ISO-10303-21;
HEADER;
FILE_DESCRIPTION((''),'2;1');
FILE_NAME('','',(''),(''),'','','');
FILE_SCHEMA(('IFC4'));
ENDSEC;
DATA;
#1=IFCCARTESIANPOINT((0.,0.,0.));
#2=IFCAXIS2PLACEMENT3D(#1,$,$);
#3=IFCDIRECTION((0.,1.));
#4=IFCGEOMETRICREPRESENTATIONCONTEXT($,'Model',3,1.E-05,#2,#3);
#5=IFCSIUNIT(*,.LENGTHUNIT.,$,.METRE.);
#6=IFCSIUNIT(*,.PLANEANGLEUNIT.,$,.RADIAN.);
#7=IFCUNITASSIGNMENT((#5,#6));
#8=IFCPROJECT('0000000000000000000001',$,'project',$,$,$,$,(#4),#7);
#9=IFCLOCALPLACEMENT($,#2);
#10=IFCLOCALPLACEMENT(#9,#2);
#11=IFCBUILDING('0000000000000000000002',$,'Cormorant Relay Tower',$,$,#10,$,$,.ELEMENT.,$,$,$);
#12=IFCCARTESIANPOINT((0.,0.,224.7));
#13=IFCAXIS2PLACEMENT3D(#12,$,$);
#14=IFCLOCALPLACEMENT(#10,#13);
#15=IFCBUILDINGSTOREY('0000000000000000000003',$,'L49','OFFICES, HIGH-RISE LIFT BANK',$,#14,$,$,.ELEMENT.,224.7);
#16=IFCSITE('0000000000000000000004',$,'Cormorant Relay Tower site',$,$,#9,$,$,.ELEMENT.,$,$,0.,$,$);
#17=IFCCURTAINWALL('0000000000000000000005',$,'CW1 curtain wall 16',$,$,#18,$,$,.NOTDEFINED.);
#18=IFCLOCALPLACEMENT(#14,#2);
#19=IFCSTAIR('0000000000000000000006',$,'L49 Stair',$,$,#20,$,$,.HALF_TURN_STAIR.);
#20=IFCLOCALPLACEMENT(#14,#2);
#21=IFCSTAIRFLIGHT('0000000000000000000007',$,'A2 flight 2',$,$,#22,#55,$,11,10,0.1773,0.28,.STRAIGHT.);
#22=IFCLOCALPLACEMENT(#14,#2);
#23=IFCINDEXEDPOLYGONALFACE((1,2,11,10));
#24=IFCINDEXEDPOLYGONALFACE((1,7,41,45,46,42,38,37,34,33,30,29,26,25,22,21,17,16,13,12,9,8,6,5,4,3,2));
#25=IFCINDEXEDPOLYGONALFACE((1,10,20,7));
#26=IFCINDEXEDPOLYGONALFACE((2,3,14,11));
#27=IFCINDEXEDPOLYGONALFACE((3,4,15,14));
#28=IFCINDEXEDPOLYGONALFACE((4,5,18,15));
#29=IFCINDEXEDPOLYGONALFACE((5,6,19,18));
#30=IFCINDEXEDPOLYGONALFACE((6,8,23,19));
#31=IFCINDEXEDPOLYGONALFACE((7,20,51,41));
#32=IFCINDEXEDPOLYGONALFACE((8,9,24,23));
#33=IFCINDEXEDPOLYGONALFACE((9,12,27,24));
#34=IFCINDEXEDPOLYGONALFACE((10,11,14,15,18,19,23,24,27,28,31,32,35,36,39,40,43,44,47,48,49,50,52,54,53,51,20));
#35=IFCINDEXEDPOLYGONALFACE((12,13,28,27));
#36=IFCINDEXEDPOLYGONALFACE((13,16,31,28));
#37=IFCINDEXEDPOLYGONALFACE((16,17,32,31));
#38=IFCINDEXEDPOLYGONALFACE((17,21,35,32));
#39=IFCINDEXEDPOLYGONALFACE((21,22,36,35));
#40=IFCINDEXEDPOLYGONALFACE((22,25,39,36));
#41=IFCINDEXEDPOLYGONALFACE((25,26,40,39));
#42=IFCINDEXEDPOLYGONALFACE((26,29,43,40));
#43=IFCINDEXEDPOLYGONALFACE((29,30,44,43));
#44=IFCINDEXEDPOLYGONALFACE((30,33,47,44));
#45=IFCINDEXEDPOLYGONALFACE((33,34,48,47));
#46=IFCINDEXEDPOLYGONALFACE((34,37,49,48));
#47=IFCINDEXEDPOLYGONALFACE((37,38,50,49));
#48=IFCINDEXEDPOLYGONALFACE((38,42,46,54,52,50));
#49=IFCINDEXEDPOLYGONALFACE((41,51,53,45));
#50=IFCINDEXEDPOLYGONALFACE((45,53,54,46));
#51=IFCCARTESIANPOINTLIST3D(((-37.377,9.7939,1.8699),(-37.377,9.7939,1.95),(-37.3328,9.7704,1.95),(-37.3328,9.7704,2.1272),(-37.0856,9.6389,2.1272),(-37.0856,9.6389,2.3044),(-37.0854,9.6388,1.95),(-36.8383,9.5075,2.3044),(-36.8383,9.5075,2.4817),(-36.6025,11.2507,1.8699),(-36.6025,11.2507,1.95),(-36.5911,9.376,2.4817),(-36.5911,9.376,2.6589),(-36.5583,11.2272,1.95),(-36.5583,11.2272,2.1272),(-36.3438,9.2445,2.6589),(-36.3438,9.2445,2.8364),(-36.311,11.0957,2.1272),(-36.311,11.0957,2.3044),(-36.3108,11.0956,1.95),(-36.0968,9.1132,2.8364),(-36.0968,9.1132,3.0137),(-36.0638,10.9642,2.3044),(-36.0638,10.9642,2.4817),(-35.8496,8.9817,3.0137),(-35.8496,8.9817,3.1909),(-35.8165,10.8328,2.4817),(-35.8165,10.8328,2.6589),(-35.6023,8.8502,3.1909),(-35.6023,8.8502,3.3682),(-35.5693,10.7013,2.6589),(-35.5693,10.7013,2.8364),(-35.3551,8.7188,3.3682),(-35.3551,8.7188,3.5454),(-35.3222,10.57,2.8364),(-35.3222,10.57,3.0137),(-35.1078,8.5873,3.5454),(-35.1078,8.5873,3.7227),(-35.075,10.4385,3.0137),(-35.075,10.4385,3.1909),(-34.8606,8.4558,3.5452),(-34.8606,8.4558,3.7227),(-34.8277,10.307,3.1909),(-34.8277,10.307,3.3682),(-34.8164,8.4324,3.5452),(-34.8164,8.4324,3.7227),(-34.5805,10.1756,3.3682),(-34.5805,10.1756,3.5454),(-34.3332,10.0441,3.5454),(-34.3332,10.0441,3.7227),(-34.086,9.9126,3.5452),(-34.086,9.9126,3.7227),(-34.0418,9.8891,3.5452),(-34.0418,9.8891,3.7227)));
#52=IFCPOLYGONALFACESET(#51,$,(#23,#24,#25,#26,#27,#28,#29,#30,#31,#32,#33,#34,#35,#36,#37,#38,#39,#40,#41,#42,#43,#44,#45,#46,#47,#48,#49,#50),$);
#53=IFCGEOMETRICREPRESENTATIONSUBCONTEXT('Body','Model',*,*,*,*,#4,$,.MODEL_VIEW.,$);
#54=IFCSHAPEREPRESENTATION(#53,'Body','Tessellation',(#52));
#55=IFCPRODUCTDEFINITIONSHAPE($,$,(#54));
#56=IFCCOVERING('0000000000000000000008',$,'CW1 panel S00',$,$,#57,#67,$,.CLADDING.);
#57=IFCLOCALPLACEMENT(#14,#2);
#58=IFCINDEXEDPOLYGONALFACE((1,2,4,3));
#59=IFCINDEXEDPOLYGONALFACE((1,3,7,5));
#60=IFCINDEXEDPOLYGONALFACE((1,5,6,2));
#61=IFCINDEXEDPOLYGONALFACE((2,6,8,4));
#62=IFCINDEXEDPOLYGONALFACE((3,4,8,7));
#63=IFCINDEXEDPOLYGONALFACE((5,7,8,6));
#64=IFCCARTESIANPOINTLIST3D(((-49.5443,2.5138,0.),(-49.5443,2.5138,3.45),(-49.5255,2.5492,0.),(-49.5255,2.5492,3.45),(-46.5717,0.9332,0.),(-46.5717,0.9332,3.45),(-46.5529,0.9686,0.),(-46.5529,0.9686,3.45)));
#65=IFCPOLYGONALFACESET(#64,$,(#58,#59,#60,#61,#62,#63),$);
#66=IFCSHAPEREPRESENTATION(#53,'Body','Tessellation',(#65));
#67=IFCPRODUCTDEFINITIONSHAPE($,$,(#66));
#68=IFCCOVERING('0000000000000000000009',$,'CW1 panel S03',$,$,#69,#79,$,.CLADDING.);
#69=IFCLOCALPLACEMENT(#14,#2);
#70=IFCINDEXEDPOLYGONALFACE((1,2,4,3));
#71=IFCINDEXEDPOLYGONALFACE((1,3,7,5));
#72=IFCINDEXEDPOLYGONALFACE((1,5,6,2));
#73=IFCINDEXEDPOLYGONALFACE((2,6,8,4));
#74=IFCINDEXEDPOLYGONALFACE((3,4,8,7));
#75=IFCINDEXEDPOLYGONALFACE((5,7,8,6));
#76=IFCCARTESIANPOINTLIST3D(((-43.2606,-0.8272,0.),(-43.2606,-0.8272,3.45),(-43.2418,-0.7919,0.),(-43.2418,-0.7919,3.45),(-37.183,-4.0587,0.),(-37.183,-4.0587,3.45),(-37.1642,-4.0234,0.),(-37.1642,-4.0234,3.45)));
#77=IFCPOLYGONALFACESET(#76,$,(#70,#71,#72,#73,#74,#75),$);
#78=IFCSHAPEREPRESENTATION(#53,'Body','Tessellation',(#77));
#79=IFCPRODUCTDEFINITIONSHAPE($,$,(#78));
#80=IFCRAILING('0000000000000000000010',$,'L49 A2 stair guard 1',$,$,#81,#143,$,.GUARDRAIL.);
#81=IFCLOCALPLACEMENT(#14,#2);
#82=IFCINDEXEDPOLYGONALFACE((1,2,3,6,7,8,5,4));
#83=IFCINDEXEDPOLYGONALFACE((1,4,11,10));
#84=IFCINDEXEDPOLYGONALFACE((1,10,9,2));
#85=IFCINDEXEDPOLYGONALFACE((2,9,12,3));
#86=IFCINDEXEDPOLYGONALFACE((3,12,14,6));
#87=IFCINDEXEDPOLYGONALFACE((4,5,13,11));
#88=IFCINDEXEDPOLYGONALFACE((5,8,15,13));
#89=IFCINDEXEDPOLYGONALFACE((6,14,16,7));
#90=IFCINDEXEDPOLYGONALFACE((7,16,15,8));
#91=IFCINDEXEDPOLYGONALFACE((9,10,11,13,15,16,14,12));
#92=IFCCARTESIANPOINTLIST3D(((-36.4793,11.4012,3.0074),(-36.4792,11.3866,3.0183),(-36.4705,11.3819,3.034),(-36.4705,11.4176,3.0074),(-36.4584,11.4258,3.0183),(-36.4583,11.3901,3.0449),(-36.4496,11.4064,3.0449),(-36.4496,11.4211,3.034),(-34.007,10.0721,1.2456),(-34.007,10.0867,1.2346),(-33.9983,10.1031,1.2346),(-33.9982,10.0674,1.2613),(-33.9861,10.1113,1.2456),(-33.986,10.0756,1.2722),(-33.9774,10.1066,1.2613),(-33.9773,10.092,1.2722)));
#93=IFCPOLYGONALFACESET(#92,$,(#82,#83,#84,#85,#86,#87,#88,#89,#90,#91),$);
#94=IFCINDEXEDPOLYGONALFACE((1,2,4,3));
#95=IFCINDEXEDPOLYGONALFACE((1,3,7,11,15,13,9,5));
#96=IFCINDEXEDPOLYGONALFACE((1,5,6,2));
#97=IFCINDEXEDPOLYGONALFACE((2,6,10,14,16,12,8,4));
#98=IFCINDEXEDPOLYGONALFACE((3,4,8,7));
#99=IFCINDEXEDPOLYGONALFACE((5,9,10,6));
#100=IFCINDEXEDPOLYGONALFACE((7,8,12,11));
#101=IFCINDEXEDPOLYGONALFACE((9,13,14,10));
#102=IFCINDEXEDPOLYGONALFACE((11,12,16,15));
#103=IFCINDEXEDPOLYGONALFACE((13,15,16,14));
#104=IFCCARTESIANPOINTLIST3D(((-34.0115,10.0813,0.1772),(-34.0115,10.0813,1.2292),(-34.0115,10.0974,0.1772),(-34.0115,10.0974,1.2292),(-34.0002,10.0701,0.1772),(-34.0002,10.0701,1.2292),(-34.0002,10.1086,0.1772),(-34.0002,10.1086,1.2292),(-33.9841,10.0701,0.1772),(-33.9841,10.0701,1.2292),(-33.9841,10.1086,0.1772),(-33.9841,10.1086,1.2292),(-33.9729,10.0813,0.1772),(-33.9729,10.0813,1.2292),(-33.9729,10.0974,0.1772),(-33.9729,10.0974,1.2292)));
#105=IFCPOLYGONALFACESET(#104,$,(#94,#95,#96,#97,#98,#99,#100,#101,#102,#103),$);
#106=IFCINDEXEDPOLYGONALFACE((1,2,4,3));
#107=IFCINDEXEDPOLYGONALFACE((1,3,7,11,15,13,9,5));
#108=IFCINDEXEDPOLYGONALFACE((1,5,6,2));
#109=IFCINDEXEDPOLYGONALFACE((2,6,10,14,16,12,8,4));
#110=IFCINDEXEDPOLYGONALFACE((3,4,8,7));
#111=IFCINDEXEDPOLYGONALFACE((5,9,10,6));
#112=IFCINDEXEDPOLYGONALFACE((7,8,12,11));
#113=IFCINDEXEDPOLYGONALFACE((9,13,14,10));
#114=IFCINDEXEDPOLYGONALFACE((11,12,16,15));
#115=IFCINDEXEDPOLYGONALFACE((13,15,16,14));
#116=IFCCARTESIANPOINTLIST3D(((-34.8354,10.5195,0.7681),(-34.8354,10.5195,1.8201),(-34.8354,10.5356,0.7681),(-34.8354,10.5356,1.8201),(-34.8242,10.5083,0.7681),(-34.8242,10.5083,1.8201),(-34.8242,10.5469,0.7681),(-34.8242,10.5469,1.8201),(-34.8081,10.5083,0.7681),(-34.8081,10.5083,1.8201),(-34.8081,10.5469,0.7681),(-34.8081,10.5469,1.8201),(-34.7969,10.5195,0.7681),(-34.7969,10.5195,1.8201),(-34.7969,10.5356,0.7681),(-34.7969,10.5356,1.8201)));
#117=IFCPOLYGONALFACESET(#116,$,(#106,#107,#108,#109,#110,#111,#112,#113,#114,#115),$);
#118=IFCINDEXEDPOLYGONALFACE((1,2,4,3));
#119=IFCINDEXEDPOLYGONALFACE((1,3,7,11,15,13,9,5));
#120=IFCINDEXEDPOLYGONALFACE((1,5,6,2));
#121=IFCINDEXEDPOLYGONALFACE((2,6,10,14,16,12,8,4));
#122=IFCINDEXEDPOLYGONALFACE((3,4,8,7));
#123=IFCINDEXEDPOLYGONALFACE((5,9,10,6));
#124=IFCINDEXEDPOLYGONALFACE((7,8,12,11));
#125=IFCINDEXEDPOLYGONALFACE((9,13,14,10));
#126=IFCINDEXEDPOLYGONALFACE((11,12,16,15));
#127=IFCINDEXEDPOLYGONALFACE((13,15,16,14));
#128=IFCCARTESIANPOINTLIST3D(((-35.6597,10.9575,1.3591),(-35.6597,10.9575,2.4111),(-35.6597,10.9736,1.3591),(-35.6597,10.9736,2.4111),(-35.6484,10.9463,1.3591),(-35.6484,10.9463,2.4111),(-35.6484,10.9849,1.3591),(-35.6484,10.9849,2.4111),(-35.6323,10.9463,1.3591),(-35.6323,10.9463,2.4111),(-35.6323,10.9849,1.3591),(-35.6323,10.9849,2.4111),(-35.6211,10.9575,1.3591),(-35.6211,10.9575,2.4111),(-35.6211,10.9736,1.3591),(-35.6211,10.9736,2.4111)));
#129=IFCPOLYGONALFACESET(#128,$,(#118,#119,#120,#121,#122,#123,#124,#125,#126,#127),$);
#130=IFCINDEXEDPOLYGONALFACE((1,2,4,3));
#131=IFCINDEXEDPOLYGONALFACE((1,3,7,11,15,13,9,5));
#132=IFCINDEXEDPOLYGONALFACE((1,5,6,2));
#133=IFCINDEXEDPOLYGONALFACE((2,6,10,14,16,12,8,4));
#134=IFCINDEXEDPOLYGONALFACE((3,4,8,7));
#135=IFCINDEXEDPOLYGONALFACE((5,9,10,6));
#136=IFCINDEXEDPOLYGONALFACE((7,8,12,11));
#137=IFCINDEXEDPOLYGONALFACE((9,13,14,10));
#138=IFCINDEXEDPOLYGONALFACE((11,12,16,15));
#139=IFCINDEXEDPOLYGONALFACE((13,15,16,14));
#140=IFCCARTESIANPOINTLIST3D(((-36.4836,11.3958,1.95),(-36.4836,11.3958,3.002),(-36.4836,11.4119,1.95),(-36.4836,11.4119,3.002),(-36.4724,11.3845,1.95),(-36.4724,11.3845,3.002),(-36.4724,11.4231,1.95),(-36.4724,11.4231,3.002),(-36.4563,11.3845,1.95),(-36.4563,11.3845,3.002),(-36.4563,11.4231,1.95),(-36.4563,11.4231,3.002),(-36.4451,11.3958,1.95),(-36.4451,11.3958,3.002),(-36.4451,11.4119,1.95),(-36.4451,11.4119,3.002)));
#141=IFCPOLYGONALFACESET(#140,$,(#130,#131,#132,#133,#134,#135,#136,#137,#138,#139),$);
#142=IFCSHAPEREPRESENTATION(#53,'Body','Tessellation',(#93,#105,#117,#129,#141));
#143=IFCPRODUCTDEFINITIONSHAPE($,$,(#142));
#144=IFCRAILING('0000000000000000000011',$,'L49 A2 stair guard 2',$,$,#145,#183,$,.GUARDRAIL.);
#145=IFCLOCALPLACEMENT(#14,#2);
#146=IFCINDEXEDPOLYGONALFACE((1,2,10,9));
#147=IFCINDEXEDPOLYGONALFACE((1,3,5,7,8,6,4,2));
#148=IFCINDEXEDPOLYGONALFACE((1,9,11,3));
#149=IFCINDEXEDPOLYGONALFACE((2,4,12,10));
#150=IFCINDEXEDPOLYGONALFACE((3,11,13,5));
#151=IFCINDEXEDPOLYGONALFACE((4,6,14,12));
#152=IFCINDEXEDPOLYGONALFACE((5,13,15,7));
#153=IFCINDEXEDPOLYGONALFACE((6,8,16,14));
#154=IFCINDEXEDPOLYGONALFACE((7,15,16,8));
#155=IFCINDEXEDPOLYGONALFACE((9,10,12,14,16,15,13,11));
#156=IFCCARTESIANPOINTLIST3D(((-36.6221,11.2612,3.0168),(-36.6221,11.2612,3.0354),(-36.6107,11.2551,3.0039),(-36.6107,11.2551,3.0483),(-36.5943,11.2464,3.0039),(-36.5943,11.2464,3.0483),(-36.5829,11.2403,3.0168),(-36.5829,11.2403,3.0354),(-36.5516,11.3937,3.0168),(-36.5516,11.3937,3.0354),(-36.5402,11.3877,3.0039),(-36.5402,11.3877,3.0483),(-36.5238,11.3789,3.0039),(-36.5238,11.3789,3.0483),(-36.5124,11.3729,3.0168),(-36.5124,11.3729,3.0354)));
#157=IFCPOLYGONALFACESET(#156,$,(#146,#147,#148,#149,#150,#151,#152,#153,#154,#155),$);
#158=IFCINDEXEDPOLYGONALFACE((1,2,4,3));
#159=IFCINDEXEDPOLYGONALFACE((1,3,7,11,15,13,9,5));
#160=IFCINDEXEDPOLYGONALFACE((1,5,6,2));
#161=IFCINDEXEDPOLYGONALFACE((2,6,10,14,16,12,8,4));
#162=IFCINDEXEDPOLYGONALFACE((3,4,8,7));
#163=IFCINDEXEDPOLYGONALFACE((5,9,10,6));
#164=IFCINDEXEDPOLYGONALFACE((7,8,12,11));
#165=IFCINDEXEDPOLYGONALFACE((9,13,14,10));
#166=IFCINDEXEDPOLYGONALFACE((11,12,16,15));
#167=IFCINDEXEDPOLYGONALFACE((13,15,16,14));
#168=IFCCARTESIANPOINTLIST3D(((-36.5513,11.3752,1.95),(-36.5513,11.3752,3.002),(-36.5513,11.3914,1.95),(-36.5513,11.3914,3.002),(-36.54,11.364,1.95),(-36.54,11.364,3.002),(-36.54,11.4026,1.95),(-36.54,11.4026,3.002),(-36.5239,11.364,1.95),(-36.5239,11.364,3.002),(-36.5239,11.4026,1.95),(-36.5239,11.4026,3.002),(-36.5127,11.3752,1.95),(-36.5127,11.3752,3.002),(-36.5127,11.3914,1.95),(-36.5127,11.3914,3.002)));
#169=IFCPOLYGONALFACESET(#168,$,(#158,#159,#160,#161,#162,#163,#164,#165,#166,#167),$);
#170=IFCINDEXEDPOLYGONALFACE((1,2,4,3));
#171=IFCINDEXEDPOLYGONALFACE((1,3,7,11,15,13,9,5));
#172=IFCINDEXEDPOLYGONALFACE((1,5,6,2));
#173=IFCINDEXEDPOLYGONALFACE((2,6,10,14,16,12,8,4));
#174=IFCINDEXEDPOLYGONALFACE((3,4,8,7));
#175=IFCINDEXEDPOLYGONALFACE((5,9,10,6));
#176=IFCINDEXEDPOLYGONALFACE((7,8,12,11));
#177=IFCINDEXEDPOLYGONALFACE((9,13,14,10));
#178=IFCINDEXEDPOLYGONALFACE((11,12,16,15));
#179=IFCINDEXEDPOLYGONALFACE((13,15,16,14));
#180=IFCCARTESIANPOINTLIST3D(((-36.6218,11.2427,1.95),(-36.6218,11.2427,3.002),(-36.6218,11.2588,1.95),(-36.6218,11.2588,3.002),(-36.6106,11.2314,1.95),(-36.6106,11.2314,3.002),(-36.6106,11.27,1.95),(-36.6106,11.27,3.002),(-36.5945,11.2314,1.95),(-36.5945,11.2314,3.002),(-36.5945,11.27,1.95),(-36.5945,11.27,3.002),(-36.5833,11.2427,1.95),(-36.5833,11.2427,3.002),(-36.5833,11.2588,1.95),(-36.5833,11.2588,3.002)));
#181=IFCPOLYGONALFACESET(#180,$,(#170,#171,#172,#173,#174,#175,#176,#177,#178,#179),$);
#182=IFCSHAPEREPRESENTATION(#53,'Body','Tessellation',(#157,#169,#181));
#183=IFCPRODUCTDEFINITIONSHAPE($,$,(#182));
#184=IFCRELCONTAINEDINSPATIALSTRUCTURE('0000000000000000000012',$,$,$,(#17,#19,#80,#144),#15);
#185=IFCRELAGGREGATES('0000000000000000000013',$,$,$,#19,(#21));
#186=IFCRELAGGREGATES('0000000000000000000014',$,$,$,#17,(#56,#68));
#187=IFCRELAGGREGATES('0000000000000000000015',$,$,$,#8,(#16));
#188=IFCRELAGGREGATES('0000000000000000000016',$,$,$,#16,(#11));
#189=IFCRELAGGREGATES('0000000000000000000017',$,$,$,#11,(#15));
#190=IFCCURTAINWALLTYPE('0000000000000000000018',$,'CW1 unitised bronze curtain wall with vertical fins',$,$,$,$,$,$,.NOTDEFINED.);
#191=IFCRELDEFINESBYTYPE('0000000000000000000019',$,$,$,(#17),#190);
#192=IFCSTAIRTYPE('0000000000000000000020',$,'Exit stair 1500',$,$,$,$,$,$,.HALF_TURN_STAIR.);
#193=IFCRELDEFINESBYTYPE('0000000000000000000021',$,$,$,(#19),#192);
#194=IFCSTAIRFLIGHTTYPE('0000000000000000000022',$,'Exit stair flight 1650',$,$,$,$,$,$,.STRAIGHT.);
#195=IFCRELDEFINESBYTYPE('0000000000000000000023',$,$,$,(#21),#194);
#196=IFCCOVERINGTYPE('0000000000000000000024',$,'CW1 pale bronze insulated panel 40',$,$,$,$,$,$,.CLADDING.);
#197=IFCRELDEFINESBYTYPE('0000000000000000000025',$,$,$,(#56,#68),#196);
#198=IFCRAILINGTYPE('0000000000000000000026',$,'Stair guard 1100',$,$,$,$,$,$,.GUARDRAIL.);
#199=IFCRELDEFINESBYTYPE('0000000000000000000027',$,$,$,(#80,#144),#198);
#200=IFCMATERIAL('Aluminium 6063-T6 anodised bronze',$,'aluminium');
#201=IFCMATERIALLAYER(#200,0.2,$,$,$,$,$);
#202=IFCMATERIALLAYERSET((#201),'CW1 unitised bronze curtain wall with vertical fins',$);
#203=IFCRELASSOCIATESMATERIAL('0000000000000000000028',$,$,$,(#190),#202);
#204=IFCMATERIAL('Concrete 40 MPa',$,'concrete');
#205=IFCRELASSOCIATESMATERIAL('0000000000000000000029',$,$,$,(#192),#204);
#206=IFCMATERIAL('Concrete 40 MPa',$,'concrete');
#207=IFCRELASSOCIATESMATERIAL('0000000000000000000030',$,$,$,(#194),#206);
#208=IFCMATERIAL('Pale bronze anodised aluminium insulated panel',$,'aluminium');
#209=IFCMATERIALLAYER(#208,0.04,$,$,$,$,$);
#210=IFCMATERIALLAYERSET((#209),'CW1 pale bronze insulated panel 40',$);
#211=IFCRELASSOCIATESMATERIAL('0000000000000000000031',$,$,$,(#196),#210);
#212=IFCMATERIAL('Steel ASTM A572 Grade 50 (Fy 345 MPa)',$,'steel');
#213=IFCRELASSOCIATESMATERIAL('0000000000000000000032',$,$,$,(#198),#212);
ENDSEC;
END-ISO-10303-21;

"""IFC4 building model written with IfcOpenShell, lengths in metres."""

from ifc_helpers import new_model, si_unit, direction, frame, origin, origin_2d, place, context, subcontext, project, spatial, polyline, rectangle, outline, extrude, material, layer, layer_set, type_object, element, aggregate, save


model = new_model("IFC4")

# Units and contexts
model_context = context("Model", 3, precision=1e-05, world=origin(), true_north=direction((0.0, 1.0)))
body_context = subcontext(model_context, "Body", "Model", "MODEL_VIEW")
ifc_project = project(units=[si_unit("LENGTHUNIT", "METRE"), si_unit("PLANEANGLEUNIT", "RADIAN")], contexts=[model_context])

# Site, building, storey
site_placement = place(None, origin())
site = spatial("IfcSite", under=ifc_project, at=site_placement, Name="Cormorant Relay Tower site", CompositionType="ELEMENT", RefElevation=0.0)
building_placement = place(site_placement, origin())
building = spatial("IfcBuilding", under=site, at=building_placement, Name="Cormorant Relay Tower", CompositionType="ELEMENT")
storey_placement = place(building_placement, frame((0.0, 0.0, 224.7)))
storey = spatial("IfcBuildingStorey", under=building, at=storey_placement, Name="L49", Description="OFFICES, HIGH-RISE LIFT BANK", CompositionType="ELEMENT", Elevation=224.7)

# Curtain wall
ifc_material_1 = material(Name="Aluminium 6063-T6 anodised bronze", Category="aluminium")
ifc_layer_1 = layer(ifc_material_1, 0.2)
ifc_layer_set_1 = layer_set([ifc_layer_1], Name="CW1 unitised bronze curtain wall with vertical fins")
curtain_wall_type = type_object("IfcCurtainWallType", Name="CW1 unitised bronze curtain wall with vertical fins", PredefinedType="NOTDEFINED", material=ifc_layer_set_1)
curtain_wall_placement = place(storey_placement, origin())
curtain_wall = element("IfcCurtainWall", 1, at=curtain_wall_placement, inside=storey, type_object=curtain_wall_type, Name="CW1 curtain wall 16", PredefinedType="NOTDEFINED")

# Stair, stair flight
ifc_material_2 = material(Name="Concrete 40 MPa", Category="concrete")
stair_type = type_object("IfcStairType", Name="Exit stair 1500", PredefinedType="HALF_TURN_STAIR", material=ifc_material_2)
stair_placement = place(storey_placement, origin())
stair = element("IfcStair", 2, at=stair_placement, inside=storey, type_object=stair_type, Name="L49 Stair", PredefinedType="HALF_TURN_STAIR")
ifc_material_3 = material(Name="Concrete 40 MPa", Category="concrete")
stair_flight_type = type_object("IfcStairFlightType", Name="Exit stair flight 1650", PredefinedType="STRAIGHT", material=ifc_material_3)
stair_flight_1_placement = place(storey_placement, frame((-36.9456, 10.4988, 1.95), z_axis=(0.0, 0.0, 1.0), x_axis=(0.882948, -0.469472, 0.0)))
stair_flight_1 = element("IfcStairFlight", 3, at=stair_flight_1_placement, type_object=stair_flight_type, Name="A2 flight 2", NumberOfRisers=11, NumberOfTreads=10, PredefinedType="STRAIGHT", RiserHeight=0.1773, TreadLength=0.28, context=body_context, shape_type="SweptSolid", body=[
    extrude(outline(polyline([(-0.05, -0.0801), (-0.05, 0.0), (0.0, 0.0), (0.0, 0.1772), (0.28, 0.1772), (0.28, 0.3545), (0.5601, 0.3545), (0.5601, 0.5317), (0.8401, 0.5317), (0.8401, 0.709), (1.1201, 0.709), (1.1201, 0.8865), (1.3999, 0.8865), (1.3999, 1.0637), (1.6799, 1.0637), (1.6799, 1.241), (1.96, 1.241), (1.96, 1.4182), (2.24, 1.4182), (2.24, 1.5955), (2.52, 1.5955), (2.52, 1.7727), (2.8, 1.7727), (2.8501, 1.7727), (2.8501, 1.5952), (2.8, 1.5952), (0.2803, 0.0), (-0.05, -0.0801)])), frame((0.0, 0.825, 0.0), z_axis=(0.0, -1.0, 0.0), x_axis=(1.0, 0.0, 0.0)), (0.0, 0.0, 1.0), 1.6499),
])
aggregate(stair, [stair_flight_1])

# Coverings
ifc_material_4 = material(Name="Pale bronze anodised aluminium insulated panel", Category="aluminium")
ifc_layer_2 = layer(ifc_material_4, 0.04)
ifc_layer_set_2 = layer_set([ifc_layer_2], Name="CW1 pale bronze insulated panel 40")
covering_type = type_object("IfcCoveringType", Name="CW1 pale bronze insulated panel 40", PredefinedType="CLADDING", material=ifc_layer_set_2)
covering_1_placement = place(storey_placement, frame((-48.0486, 1.7412, 0.0), z_axis=(0.0, 0.0, 1.0), x_axis=(0.882948, -0.469472, 0.0)))
covering_1 = element("IfcCovering", 4, at=covering_1_placement, type_object=covering_type, Name="CW1 panel S00", PredefinedType="CLADDING", context=body_context, shape_type="SweptSolid", body=[
    extrude(rectangle(XDim=3.3667, YDim=0.04, at=origin_2d()), origin(), (0.0, 0.0, 1.0), 3.45),
])
covering_2_placement = place(storey_placement, frame((-40.2124, -2.4253, 0.0), z_axis=(0.0, 0.0, 1.0), x_axis=(0.882948, -0.469472, 0.0)))
covering_2 = element("IfcCovering", 5, at=covering_2_placement, type_object=covering_type, Name="CW1 panel S03", PredefinedType="CLADDING", context=body_context, shape_type="SweptSolid", body=[
    extrude(rectangle(XDim=6.8833, YDim=0.04, at=origin_2d()), origin(), (0.0, 0.0, 1.0), 3.45),
])
aggregate(curtain_wall, [covering_1, covering_2])

# Railings
ifc_material_5 = material(Name="Steel ASTM A572 Grade 50 (Fy 345 MPa)", Category="steel")
railing_type_1 = type_object("IfcRailingType", Name="Stair guard 1100", PredefinedType="GUARDRAIL", material=ifc_material_5)
railing_1_placement = place(storey_placement, frame((-33.9922, 10.0894, 0.1772)))
element("IfcRailing", 6, at=railing_1_placement, inside=storey, type_object=railing_type_1, Name="L49 A2 stair guard 1", PredefinedType="GUARDRAIL", context=body_context, shape_type="SweptSolid", body=[
    extrude(outline(polyline([(0.0222, 0.0093), (0.0093, 0.0222), (-0.0093, 0.0222), (-0.0222, 0.0093), (-0.0222, -0.0093), (-0.0093, -0.0222), (0.0093, -0.0222), (0.0222, -0.0093), (0.0222, 0.0093)])), frame((0.0, 0.0, 1.0762), z_axis=(-0.746001, 0.396649, 0.534931), x_axis=(-0.469465, -0.882951, 0.0)), (0.0, 0.0, 1.0), 3.314),
    extrude(outline(polyline([(0.0193, 0.0081), (0.0081, 0.0193), (-0.0081, 0.0193), (-0.0193, 0.0081), (-0.0193, -0.0081), (-0.0081, -0.0193), (0.0081, -0.0193), (0.0193, -0.0081), (0.0193, 0.0081)])), origin(), (0.0, 0.0, 1.0), 1.052),
    extrude(outline(polyline([(0.0193, 0.0081), (0.0081, 0.0193), (-0.0081, 0.0193), (-0.0193, 0.0081), (-0.0193, -0.0081), (-0.0081, -0.0193), (0.0081, -0.0193), (0.0193, -0.0081), (0.0193, 0.0081)])), frame((-0.824, 0.4382, 0.5908)), (0.0, 0.0, 1.0), 1.052),
    extrude(outline(polyline([(0.0193, 0.0081), (0.0081, 0.0193), (-0.0081, 0.0193), (-0.0193, 0.0081), (-0.0193, -0.0081), (-0.0081, -0.0193), (0.0081, -0.0193), (0.0193, -0.0081), (0.0193, 0.0081)])), frame((-1.6482, 0.8762, 1.1819)), (0.0, 0.0, 1.0), 1.052),
    extrude(outline(polyline([(0.0193, 0.0081), (0.0081, 0.0193), (-0.0081, 0.0193), (-0.0193, 0.0081), (-0.0193, -0.0081), (-0.0081, -0.0193), (0.0081, -0.0193), (0.0193, -0.0081), (0.0193, 0.0081)])), frame((-2.4722, 1.3145, 1.7727)), (0.0, 0.0, 1.0), 1.052),
])
railing_2_placement = place(storey_placement, frame((-36.532, 11.3833, 1.95)))
element("IfcRailing", 7, at=railing_2_placement, inside=storey, type_object=railing_type_1, Name="L49 A2 stair guard 2", PredefinedType="GUARDRAIL", context=body_context, shape_type="SweptSolid", body=[
    extrude(outline(polyline([(0.0222, 0.0093), (0.0093, 0.0222), (-0.0093, 0.0222), (-0.0222, 0.0093), (-0.0222, -0.0093), (-0.0093, -0.0222), (0.0093, -0.0222), (0.0222, -0.0093), (0.0222, 0.0093)])), frame((0.0, 0.0, 1.0762), z_axis=(-0.469829, -0.882758, 0.0), x_axis=(0.882758, -0.469829, 0.0)), (0.0, 0.0, 1.0), 0.1501),
    extrude(outline(polyline([(0.0193, 0.0081), (0.0081, 0.0193), (-0.0081, 0.0193), (-0.0193, 0.0081), (-0.0193, -0.0081), (-0.0081, -0.0193), (0.0081, -0.0193), (0.0193, -0.0081), (0.0193, 0.0081)])), origin(), (0.0, 0.0, 1.0), 1.052),
    extrude(outline(polyline([(0.0193, 0.0081), (0.0081, 0.0193), (-0.0081, 0.0193), (-0.0193, 0.0081), (-0.0193, -0.0081), (-0.0081, -0.0193), (0.0081, -0.0193), (0.0193, -0.0081), (0.0193, 0.0081)])), frame((-0.0706, -0.1326, 0.0)), (0.0, 0.0, 1.0), 1.052),
])

save(model, "model.ifc")
